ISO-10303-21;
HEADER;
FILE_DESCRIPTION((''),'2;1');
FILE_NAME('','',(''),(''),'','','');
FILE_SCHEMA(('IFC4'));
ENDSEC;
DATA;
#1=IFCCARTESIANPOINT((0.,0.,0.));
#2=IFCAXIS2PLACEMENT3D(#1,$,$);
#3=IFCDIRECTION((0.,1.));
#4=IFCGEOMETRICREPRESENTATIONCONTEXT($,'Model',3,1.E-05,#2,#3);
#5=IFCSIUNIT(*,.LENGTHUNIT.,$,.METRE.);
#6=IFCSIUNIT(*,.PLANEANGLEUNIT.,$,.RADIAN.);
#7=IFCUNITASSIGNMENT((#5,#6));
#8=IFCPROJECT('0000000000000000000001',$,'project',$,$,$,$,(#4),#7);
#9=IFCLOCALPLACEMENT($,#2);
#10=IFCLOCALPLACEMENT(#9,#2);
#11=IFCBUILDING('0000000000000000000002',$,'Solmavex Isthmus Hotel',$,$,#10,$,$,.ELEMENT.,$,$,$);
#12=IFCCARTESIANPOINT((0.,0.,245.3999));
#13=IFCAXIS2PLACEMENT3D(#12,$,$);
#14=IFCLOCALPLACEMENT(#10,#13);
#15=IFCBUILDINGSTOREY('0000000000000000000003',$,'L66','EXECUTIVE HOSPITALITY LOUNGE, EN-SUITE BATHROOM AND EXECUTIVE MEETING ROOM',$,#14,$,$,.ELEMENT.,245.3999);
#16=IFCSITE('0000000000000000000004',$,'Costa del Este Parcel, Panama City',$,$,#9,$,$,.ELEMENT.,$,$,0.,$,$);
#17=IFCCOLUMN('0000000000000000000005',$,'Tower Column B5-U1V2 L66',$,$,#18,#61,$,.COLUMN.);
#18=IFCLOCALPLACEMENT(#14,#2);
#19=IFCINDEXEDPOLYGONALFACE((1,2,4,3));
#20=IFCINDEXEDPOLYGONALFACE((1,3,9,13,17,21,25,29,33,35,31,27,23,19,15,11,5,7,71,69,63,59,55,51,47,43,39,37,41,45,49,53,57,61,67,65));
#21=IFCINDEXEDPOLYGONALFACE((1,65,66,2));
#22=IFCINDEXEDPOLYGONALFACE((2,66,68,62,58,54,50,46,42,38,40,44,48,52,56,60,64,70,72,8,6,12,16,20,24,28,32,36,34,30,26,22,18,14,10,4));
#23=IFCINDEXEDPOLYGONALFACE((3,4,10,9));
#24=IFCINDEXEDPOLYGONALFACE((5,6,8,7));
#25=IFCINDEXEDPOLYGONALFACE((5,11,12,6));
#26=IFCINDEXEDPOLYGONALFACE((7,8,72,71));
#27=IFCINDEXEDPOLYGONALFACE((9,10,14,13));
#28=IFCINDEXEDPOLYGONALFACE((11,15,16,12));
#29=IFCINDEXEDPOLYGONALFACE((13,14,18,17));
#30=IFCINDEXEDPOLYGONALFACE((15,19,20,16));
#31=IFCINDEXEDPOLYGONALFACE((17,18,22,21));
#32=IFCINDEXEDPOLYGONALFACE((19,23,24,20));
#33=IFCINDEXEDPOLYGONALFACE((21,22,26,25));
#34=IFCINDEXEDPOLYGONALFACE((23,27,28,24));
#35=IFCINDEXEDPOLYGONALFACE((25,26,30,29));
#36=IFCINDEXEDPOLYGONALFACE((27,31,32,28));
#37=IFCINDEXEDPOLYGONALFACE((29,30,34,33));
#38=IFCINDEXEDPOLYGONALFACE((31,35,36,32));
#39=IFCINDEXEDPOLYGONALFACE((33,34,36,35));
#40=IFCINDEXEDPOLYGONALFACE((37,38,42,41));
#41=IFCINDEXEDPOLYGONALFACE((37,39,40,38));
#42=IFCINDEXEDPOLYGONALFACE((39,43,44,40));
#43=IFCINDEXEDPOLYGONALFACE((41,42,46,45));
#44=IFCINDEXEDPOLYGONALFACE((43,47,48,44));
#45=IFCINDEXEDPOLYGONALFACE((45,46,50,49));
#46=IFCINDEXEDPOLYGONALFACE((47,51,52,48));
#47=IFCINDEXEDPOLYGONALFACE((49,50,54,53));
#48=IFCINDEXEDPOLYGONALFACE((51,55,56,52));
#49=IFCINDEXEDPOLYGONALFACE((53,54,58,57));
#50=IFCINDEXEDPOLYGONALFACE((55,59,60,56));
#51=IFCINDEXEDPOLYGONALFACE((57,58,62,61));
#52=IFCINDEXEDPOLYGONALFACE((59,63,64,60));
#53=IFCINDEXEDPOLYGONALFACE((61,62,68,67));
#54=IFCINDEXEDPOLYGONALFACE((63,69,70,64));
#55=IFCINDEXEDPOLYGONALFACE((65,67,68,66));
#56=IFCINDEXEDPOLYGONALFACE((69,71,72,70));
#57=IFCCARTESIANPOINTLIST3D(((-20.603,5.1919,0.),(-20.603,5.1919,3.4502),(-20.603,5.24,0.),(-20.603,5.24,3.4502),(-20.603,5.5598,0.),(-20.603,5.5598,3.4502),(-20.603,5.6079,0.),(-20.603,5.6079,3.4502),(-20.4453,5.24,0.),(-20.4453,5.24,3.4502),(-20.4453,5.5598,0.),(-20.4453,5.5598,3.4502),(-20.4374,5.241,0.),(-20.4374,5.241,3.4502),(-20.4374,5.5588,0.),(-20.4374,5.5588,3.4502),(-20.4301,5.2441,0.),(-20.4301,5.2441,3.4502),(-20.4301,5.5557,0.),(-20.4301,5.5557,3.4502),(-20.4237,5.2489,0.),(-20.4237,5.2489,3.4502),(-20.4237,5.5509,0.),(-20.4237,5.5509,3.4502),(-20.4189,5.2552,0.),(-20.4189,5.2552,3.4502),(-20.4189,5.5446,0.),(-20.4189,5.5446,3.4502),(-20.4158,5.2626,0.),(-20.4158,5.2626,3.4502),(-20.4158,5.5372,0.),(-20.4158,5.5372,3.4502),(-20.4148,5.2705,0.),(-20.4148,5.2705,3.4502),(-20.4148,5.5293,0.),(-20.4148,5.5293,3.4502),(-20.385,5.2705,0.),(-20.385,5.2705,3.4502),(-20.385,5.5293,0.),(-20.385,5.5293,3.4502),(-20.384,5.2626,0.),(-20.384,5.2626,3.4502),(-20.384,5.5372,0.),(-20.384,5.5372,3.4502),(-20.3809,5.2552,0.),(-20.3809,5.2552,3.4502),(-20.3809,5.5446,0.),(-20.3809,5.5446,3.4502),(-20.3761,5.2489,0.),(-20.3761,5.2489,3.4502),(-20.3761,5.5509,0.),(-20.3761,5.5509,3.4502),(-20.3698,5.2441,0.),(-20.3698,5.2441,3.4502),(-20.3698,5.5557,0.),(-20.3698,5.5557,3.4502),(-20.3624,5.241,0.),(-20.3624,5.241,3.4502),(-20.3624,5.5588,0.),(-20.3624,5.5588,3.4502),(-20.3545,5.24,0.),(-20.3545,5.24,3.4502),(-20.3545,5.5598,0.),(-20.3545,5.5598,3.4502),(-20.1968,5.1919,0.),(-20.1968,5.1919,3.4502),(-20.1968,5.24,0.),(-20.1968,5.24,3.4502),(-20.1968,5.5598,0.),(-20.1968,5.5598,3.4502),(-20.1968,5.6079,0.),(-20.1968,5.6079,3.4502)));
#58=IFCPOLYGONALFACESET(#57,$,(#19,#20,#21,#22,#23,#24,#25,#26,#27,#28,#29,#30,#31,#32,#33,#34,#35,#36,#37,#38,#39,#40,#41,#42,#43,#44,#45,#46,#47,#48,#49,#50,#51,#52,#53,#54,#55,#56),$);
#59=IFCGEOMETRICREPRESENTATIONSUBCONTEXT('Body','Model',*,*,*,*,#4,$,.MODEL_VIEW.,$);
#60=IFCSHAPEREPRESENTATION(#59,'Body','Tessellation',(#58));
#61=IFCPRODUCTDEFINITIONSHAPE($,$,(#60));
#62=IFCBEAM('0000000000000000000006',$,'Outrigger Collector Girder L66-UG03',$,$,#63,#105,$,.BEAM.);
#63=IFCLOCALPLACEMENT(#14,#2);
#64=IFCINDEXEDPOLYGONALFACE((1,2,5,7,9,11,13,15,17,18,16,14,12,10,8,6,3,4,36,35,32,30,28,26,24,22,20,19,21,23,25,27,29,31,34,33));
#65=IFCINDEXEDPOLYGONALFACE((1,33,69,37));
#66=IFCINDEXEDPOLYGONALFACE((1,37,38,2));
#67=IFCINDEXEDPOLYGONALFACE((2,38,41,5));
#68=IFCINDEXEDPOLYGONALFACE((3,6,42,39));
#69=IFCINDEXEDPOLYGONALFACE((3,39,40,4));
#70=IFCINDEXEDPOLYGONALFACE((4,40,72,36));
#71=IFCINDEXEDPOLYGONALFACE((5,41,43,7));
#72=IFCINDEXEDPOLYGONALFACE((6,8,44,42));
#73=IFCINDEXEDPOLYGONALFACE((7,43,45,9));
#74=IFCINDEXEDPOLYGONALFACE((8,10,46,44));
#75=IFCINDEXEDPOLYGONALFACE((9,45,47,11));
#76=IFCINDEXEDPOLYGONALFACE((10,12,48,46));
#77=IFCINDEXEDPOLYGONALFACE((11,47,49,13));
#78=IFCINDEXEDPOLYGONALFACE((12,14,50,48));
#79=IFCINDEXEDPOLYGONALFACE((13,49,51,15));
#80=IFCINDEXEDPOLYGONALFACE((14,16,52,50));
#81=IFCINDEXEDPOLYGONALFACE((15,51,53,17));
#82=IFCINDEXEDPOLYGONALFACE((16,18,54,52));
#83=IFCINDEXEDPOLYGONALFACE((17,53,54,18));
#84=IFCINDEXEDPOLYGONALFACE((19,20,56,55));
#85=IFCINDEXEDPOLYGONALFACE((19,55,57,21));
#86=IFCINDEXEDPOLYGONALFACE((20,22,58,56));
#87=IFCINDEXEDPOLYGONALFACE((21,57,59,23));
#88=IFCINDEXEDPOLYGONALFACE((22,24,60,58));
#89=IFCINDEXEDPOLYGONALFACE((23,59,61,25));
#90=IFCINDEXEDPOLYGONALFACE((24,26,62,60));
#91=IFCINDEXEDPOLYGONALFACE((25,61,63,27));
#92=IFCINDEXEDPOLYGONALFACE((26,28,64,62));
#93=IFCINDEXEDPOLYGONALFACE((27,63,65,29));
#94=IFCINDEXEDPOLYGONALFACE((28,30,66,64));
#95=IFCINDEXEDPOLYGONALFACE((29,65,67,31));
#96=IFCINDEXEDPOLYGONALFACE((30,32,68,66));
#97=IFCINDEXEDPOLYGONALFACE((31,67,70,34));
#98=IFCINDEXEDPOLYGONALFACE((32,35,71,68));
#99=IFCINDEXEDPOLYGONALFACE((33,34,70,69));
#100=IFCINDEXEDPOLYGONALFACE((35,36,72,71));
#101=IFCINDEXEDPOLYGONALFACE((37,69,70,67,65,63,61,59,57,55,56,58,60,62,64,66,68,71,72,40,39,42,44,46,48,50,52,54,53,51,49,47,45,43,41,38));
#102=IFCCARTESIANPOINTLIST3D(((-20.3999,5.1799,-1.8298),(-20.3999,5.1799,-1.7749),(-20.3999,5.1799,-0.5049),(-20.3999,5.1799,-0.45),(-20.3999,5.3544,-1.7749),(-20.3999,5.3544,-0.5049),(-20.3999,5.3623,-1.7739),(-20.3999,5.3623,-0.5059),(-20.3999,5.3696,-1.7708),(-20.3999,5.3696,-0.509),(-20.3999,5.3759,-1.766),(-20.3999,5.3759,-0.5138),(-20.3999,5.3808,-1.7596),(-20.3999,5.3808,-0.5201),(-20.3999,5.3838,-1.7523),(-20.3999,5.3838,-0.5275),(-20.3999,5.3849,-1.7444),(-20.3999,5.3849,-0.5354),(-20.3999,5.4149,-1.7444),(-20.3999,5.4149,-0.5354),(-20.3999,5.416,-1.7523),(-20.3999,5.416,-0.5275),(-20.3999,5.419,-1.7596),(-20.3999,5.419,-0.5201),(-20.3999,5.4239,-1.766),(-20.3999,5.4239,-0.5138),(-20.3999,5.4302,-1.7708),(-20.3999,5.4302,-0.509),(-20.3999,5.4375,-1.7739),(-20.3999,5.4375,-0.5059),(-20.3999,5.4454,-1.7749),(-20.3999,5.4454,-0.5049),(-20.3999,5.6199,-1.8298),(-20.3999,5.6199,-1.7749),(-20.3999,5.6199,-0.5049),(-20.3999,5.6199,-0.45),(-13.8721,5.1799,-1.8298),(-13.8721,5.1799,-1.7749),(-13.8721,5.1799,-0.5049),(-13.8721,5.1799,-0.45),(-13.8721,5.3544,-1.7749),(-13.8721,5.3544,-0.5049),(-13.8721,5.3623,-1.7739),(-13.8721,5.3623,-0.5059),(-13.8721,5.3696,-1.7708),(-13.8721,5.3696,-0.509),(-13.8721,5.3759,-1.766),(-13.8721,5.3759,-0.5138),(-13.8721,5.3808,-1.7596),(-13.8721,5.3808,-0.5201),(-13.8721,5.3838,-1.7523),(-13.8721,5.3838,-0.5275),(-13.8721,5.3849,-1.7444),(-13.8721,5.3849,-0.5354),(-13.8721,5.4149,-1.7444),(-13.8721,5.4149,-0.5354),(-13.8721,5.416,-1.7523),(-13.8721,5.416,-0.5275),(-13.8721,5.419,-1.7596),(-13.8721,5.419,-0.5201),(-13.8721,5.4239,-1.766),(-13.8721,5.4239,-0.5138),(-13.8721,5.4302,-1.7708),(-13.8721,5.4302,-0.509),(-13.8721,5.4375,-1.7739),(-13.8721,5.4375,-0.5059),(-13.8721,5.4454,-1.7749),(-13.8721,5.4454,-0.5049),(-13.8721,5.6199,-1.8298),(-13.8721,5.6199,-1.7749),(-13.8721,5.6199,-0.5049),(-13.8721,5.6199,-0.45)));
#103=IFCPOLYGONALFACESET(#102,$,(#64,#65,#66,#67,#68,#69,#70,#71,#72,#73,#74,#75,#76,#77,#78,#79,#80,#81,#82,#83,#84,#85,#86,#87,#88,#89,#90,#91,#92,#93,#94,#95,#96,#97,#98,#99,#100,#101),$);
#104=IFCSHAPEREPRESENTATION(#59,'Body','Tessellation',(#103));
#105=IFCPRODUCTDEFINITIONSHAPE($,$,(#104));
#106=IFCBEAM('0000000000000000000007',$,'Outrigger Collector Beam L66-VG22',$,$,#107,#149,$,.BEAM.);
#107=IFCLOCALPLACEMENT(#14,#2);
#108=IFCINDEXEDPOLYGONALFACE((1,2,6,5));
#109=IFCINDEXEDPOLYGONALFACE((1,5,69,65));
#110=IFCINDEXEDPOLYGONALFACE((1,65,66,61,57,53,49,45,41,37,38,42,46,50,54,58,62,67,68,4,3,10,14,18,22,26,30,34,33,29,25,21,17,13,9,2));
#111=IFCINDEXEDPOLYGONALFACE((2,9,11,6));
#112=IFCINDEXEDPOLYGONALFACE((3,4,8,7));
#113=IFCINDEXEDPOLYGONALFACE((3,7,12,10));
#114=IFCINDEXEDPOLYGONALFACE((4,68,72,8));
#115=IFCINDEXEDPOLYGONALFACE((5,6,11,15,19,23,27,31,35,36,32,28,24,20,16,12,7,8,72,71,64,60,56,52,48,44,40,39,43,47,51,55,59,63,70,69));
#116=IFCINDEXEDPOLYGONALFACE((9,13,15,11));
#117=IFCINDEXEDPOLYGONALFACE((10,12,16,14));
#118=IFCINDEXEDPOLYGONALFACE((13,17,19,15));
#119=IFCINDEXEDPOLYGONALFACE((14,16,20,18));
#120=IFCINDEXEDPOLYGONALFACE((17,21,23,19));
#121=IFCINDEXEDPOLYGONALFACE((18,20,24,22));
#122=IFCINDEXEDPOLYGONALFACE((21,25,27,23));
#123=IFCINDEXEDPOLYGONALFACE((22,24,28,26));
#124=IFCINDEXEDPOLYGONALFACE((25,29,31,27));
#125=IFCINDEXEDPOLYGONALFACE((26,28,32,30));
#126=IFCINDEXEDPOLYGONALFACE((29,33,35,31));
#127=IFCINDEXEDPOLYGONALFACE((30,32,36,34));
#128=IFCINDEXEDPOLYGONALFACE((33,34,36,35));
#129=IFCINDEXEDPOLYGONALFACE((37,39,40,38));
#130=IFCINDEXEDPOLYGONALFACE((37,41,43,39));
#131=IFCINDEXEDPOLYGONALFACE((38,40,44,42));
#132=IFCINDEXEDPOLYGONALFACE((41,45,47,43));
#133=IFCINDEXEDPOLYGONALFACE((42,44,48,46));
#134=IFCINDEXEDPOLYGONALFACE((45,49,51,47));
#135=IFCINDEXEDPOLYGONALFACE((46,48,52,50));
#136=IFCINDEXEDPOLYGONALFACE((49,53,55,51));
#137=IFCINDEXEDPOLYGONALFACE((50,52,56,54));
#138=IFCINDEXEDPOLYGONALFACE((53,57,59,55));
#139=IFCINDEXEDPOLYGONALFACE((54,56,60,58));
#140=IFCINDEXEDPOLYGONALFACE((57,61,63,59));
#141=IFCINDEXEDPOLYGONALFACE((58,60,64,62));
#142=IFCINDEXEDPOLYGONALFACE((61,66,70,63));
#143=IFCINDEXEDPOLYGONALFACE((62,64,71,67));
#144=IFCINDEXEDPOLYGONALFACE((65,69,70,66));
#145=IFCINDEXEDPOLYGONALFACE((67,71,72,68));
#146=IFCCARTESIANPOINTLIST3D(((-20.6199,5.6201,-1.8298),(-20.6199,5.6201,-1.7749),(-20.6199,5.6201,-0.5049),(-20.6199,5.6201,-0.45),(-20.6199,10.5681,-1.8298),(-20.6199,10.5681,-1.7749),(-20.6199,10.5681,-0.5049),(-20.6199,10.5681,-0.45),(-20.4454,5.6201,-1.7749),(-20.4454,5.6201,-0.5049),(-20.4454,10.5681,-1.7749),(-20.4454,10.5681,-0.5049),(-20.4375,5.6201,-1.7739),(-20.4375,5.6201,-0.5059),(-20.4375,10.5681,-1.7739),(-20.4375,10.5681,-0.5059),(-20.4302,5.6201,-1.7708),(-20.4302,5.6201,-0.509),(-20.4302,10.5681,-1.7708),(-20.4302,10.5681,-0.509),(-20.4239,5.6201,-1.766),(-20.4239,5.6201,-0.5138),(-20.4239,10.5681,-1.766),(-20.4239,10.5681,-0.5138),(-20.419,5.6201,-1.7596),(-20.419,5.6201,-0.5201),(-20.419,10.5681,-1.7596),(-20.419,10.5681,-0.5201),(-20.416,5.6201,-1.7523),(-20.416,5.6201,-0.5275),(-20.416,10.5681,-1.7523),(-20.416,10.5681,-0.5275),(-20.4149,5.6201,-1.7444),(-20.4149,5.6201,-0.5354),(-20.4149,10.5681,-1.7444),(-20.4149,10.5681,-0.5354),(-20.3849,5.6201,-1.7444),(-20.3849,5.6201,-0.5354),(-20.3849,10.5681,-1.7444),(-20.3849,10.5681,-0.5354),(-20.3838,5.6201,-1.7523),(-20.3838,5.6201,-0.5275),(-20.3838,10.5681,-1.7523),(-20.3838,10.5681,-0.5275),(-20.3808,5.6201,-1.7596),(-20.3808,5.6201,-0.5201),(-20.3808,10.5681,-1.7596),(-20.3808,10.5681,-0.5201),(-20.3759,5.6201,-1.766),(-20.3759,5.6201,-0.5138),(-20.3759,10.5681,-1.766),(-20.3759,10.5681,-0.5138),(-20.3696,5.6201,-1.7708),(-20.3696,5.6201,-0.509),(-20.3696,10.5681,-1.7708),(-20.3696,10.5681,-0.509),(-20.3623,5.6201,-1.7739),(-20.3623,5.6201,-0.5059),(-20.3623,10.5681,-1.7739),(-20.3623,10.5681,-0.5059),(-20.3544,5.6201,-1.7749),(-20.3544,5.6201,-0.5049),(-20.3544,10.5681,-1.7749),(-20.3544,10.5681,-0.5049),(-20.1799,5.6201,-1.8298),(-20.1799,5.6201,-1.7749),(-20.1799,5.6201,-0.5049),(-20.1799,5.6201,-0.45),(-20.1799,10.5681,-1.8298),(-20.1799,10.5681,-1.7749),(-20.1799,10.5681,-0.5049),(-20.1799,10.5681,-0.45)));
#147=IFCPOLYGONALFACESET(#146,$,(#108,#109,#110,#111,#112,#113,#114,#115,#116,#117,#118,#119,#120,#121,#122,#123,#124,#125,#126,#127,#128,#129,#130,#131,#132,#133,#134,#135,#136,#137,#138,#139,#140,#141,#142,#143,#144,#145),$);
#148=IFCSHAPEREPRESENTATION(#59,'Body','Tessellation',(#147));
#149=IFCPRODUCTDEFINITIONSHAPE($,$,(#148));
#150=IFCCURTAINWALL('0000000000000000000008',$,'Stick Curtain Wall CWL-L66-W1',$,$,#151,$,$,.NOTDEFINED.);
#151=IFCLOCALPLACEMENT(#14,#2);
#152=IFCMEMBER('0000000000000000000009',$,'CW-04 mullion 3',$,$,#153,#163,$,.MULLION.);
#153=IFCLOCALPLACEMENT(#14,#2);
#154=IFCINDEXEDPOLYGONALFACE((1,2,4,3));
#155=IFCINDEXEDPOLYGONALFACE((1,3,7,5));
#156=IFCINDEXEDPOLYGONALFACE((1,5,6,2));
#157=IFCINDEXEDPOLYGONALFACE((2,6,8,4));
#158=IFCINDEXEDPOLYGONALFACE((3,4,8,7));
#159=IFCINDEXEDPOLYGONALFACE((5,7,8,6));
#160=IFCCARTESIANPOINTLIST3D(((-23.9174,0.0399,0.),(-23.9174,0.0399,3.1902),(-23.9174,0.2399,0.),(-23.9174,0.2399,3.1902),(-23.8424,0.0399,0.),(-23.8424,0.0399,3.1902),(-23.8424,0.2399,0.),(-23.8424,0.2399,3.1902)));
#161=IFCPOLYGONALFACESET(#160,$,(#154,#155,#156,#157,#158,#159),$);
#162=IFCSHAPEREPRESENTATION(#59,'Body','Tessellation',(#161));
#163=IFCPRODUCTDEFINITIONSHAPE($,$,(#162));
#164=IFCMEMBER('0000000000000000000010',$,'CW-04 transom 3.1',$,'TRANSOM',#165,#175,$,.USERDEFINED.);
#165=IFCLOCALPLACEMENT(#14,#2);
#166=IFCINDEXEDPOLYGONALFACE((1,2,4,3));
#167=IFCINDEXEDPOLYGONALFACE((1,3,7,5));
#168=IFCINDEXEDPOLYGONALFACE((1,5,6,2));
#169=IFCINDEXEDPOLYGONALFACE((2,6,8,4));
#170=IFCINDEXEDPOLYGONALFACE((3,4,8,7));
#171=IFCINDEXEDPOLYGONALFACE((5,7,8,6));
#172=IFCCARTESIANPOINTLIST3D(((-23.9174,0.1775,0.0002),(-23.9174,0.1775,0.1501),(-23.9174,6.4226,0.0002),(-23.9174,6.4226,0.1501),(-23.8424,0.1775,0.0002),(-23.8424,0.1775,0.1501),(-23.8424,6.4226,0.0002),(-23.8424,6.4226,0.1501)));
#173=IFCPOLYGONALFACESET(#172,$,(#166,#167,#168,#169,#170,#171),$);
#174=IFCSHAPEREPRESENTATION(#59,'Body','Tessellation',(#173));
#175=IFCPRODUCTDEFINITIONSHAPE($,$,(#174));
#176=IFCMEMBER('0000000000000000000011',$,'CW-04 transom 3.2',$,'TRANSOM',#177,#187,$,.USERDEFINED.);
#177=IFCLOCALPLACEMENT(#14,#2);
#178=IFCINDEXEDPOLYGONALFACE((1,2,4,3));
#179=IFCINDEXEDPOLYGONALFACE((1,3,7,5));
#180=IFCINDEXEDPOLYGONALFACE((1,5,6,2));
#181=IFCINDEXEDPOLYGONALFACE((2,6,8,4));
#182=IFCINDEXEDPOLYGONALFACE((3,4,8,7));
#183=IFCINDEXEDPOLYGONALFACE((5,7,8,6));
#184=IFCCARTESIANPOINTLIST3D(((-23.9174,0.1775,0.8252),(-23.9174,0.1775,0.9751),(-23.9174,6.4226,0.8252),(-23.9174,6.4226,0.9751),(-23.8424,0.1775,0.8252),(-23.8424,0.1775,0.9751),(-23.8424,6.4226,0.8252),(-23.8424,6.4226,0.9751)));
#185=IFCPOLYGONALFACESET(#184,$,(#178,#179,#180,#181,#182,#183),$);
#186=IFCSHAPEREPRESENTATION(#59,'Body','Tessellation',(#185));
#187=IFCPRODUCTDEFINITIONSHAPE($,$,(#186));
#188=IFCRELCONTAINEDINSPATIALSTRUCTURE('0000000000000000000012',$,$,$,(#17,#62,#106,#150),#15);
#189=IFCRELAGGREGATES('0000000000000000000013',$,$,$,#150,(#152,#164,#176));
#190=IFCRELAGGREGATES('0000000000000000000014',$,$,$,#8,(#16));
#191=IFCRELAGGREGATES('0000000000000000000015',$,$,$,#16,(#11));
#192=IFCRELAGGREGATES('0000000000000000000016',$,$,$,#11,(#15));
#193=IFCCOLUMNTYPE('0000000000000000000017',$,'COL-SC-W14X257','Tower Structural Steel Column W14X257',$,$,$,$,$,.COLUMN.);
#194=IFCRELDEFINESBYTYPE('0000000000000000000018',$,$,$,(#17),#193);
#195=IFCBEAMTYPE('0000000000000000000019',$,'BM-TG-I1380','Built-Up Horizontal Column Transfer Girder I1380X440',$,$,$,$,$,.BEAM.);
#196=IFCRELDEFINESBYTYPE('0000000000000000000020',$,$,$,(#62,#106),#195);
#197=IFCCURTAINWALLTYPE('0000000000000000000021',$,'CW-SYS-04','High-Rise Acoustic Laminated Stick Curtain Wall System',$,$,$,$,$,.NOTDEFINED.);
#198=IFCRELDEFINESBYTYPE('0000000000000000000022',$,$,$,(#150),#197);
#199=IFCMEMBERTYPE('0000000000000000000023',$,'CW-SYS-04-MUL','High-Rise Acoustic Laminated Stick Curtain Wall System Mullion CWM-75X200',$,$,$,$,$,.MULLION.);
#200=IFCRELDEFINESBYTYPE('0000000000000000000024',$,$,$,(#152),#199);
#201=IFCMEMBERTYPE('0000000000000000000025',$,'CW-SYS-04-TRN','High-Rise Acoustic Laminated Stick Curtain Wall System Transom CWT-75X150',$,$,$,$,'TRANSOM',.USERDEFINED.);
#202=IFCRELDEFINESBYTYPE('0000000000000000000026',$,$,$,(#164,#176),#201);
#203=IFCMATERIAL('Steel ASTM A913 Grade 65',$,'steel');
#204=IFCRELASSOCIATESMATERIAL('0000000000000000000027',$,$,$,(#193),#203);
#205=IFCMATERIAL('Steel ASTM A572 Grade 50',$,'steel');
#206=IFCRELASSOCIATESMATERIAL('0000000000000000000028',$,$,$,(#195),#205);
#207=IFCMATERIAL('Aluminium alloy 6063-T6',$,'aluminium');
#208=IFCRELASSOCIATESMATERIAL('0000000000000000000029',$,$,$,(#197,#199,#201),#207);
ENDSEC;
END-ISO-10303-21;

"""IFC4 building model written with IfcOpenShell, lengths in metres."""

from ifc_helpers import new_model, si_unit, direction, frame, origin, origin_2d, place, context, subcontext, project, spatial, rectangle, i_section, extrude, material, material_profile, profile_set, type_object, element, aggregate, save


model = new_model("IFC4")

# Units and contexts
model_context = context("Model", 3, precision=1e-05, world=origin(), true_north=direction((0.0, 1.0)))
body_context = subcontext(model_context, "Body", "Model", "MODEL_VIEW")
ifc_project = project(units=[si_unit("LENGTHUNIT", "METRE"), si_unit("PLANEANGLEUNIT", "RADIAN")], contexts=[model_context])

# Site, building, storey
site_placement = place(None, origin())
site = spatial("IfcSite", under=ifc_project, at=site_placement, Name="Costa del Este Parcel, Panama City", CompositionType="ELEMENT", RefElevation=0.0)
building_placement = place(site_placement, origin())
building = spatial("IfcBuilding", under=site, at=building_placement, Name="Solmavex Isthmus Hotel", CompositionType="ELEMENT")
storey_placement = place(building_placement, frame((0.0, 0.0, 245.3999)))
storey = spatial("IfcBuildingStorey", under=building, at=storey_placement, Name="L66", Description="EXECUTIVE HOSPITALITY LOUNGE, EN-SUITE BATHROOM AND EXECUTIVE MEETING ROOM", CompositionType="ELEMENT", Elevation=245.3999)

# Column
ifc_material_1 = material(Name="Steel ASTM A913 Grade 65", Category="steel")
ifc_material_profile_1 = material_profile(ifc_material_1, i_section(OverallWidth=0.4062, OverallDepth=0.416, WebThickness=0.0298, FlangeThickness=0.0481, FilletRadius=0.0305, at=origin_2d()), Name="W14X257")
ifc_profile_set_1 = profile_set([ifc_material_profile_1], Name="Steel ASTM A913 Grade 65")
column_type = type_object("IfcColumnType", Name="COL-SC-W14X257", Description="Tower Structural Steel Column W14X257", PredefinedType="COLUMN", material=ifc_profile_set_1)
column_placement = place(storey_placement, frame((-20.3999, 5.3999, 0.0), z_axis=(0.0, 0.0, 1.0), x_axis=(1.0, 0.0, 0.0)))
element("IfcColumn", 1, at=column_placement, inside=storey, type_object=column_type, Name="Tower Column B5-U1V2 L66", PredefinedType="COLUMN", context=body_context, shape_type="SweptSolid", body=[
    extrude(i_section(OverallWidth=0.4062, OverallDepth=0.416, WebThickness=0.0298, FlangeThickness=0.0481, FilletRadius=0.0305, at=origin_2d()), origin(), (0.0, 0.0, 1.0), 3.4502),
])

# Beams
ifc_material_2 = material(Name="Steel ASTM A572 Grade 50", Category="steel")
ifc_material_profile_2 = material_profile(ifc_material_2, i_section(OverallWidth=0.4399, OverallDepth=1.3799, WebThickness=0.03, FlangeThickness=0.0549, FilletRadius=0.0305, at=origin_2d()), Name="I1380X440")
ifc_profile_set_2 = profile_set([ifc_material_profile_2], Name="Steel ASTM A572 Grade 50")
beam_type = type_object("IfcBeamType", Name="BM-TG-I1380", Description="Built-Up Horizontal Column Transfer Girder I1380X440", PredefinedType="BEAM", material=ifc_profile_set_2)
beam_1_placement = place(storey_placement, frame((-20.3999, 5.3999, -1.1399), z_axis=(1.0, 0.0, 0.0), x_axis=(0.0, 1.0, 0.0)))
element("IfcBeam", 2, at=beam_1_placement, inside=storey, type_object=beam_type, Name="Outrigger Collector Girder L66-UG03", PredefinedType="BEAM", context=body_context, shape_type="SweptSolid", body=[
    extrude(i_section(OverallWidth=0.4399, OverallDepth=1.3799, WebThickness=0.03, FlangeThickness=0.0549, FilletRadius=0.0305, at=origin_2d()), origin(), (0.0, 0.0, 1.0), 6.5278),
])
beam_2_placement = place(storey_placement, frame((-20.3999, 5.6201, -1.1399), z_axis=(0.0, 1.0, 0.0), x_axis=(-1.0, 0.0, 0.0)))
element("IfcBeam", 3, at=beam_2_placement, inside=storey, type_object=beam_type, Name="Outrigger Collector Beam L66-VG22", PredefinedType="BEAM", context=body_context, shape_type="SweptSolid", body=[
    extrude(i_section(OverallWidth=0.4399, OverallDepth=1.3799, WebThickness=0.03, FlangeThickness=0.0549, FilletRadius=0.0305, at=origin_2d()), origin(), (0.0, 0.0, 1.0), 4.948),
])

# Curtain wall, members
ifc_material_3 = material(Name="Aluminium alloy 6063-T6", Category="aluminium")
curtain_wall_type = type_object("IfcCurtainWallType", Name="CW-SYS-04", Description="High-Rise Acoustic Laminated Stick Curtain Wall System", PredefinedType="NOTDEFINED", material=ifc_material_3)
curtain_wall_placement = place(storey_placement, origin())
curtain_wall = element("IfcCurtainWall", 4, at=curtain_wall_placement, inside=storey, type_object=curtain_wall_type, Name="Stick Curtain Wall CWL-L66-W1", PredefinedType="NOTDEFINED")
ifc_material_profile_3 = material_profile(ifc_material_3, rectangle(XDim=0.075, YDim=0.2, at=origin_2d()), Name="CWM-75X200")
ifc_profile_set_3 = profile_set([ifc_material_profile_3], Name="Aluminium alloy 6063-T6")
member_type_1 = type_object("IfcMemberType", Name="CW-SYS-04-MUL", Description="High-Rise Acoustic Laminated Stick Curtain Wall System Mullion CWM-75X200", PredefinedType="MULLION", material=ifc_profile_set_3)
member_1_placement = place(storey_placement, frame((-23.8799, 0.1399, 0.0), z_axis=(0.0, 0.0, 1.0), x_axis=(-1.0, 0.0, 0.0)))
member_1 = element("IfcMember", 5, at=member_1_placement, type_object=member_type_1, Name="CW-04 mullion 3", PredefinedType="MULLION", context=body_context, shape_type="SweptSolid", body=[
    extrude(rectangle(XDim=0.075, YDim=0.2, at=origin_2d()), origin(), (0.0, 0.0, 1.0), 3.1902),
])
ifc_material_profile_4 = material_profile(ifc_material_3, rectangle(XDim=0.075, YDim=0.1499, at=origin_2d()), Name="CWT-75X150")
ifc_profile_set_4 = profile_set([ifc_material_profile_4], Name="Aluminium alloy 6063-T6")
member_type_2 = type_object("IfcMemberType", Name="CW-SYS-04-TRN", Description="High-Rise Acoustic Laminated Stick Curtain Wall System Transom CWT-75X150", ElementType="TRANSOM", PredefinedType="USERDEFINED", material=ifc_profile_set_4)
member_2_placement = place(storey_placement, frame((-23.8799, 0.1775, 0.0752), z_axis=(0.0, 1.0, 0.0), x_axis=(-1.0, 0.0, 0.0)))
member_2 = element("IfcMember", 6, at=member_2_placement, type_object=member_type_2, Name="CW-04 transom 3.1", ObjectType="TRANSOM", PredefinedType="USERDEFINED", context=body_context, shape_type="SweptSolid", body=[
    extrude(rectangle(XDim=0.075, YDim=0.1499, at=origin_2d()), origin(), (0.0, 0.0, 1.0), 6.2451),
])
member_3_placement = place(storey_placement, frame((-23.8799, 0.1775, 0.9001), z_axis=(0.0, 1.0, 0.0), x_axis=(-1.0, 0.0, 0.0)))
member_3 = element("IfcMember", 7, at=member_3_placement, type_object=member_type_2, Name="CW-04 transom 3.2", ObjectType="TRANSOM", PredefinedType="USERDEFINED", context=body_context, shape_type="SweptSolid", body=[
    extrude(rectangle(XDim=0.075, YDim=0.1499, at=origin_2d()), origin(), (0.0, 0.0, 1.0), 6.2451),
])
aggregate(curtain_wall, [member_1, member_2, member_3])

save(model, "model.ifc")
